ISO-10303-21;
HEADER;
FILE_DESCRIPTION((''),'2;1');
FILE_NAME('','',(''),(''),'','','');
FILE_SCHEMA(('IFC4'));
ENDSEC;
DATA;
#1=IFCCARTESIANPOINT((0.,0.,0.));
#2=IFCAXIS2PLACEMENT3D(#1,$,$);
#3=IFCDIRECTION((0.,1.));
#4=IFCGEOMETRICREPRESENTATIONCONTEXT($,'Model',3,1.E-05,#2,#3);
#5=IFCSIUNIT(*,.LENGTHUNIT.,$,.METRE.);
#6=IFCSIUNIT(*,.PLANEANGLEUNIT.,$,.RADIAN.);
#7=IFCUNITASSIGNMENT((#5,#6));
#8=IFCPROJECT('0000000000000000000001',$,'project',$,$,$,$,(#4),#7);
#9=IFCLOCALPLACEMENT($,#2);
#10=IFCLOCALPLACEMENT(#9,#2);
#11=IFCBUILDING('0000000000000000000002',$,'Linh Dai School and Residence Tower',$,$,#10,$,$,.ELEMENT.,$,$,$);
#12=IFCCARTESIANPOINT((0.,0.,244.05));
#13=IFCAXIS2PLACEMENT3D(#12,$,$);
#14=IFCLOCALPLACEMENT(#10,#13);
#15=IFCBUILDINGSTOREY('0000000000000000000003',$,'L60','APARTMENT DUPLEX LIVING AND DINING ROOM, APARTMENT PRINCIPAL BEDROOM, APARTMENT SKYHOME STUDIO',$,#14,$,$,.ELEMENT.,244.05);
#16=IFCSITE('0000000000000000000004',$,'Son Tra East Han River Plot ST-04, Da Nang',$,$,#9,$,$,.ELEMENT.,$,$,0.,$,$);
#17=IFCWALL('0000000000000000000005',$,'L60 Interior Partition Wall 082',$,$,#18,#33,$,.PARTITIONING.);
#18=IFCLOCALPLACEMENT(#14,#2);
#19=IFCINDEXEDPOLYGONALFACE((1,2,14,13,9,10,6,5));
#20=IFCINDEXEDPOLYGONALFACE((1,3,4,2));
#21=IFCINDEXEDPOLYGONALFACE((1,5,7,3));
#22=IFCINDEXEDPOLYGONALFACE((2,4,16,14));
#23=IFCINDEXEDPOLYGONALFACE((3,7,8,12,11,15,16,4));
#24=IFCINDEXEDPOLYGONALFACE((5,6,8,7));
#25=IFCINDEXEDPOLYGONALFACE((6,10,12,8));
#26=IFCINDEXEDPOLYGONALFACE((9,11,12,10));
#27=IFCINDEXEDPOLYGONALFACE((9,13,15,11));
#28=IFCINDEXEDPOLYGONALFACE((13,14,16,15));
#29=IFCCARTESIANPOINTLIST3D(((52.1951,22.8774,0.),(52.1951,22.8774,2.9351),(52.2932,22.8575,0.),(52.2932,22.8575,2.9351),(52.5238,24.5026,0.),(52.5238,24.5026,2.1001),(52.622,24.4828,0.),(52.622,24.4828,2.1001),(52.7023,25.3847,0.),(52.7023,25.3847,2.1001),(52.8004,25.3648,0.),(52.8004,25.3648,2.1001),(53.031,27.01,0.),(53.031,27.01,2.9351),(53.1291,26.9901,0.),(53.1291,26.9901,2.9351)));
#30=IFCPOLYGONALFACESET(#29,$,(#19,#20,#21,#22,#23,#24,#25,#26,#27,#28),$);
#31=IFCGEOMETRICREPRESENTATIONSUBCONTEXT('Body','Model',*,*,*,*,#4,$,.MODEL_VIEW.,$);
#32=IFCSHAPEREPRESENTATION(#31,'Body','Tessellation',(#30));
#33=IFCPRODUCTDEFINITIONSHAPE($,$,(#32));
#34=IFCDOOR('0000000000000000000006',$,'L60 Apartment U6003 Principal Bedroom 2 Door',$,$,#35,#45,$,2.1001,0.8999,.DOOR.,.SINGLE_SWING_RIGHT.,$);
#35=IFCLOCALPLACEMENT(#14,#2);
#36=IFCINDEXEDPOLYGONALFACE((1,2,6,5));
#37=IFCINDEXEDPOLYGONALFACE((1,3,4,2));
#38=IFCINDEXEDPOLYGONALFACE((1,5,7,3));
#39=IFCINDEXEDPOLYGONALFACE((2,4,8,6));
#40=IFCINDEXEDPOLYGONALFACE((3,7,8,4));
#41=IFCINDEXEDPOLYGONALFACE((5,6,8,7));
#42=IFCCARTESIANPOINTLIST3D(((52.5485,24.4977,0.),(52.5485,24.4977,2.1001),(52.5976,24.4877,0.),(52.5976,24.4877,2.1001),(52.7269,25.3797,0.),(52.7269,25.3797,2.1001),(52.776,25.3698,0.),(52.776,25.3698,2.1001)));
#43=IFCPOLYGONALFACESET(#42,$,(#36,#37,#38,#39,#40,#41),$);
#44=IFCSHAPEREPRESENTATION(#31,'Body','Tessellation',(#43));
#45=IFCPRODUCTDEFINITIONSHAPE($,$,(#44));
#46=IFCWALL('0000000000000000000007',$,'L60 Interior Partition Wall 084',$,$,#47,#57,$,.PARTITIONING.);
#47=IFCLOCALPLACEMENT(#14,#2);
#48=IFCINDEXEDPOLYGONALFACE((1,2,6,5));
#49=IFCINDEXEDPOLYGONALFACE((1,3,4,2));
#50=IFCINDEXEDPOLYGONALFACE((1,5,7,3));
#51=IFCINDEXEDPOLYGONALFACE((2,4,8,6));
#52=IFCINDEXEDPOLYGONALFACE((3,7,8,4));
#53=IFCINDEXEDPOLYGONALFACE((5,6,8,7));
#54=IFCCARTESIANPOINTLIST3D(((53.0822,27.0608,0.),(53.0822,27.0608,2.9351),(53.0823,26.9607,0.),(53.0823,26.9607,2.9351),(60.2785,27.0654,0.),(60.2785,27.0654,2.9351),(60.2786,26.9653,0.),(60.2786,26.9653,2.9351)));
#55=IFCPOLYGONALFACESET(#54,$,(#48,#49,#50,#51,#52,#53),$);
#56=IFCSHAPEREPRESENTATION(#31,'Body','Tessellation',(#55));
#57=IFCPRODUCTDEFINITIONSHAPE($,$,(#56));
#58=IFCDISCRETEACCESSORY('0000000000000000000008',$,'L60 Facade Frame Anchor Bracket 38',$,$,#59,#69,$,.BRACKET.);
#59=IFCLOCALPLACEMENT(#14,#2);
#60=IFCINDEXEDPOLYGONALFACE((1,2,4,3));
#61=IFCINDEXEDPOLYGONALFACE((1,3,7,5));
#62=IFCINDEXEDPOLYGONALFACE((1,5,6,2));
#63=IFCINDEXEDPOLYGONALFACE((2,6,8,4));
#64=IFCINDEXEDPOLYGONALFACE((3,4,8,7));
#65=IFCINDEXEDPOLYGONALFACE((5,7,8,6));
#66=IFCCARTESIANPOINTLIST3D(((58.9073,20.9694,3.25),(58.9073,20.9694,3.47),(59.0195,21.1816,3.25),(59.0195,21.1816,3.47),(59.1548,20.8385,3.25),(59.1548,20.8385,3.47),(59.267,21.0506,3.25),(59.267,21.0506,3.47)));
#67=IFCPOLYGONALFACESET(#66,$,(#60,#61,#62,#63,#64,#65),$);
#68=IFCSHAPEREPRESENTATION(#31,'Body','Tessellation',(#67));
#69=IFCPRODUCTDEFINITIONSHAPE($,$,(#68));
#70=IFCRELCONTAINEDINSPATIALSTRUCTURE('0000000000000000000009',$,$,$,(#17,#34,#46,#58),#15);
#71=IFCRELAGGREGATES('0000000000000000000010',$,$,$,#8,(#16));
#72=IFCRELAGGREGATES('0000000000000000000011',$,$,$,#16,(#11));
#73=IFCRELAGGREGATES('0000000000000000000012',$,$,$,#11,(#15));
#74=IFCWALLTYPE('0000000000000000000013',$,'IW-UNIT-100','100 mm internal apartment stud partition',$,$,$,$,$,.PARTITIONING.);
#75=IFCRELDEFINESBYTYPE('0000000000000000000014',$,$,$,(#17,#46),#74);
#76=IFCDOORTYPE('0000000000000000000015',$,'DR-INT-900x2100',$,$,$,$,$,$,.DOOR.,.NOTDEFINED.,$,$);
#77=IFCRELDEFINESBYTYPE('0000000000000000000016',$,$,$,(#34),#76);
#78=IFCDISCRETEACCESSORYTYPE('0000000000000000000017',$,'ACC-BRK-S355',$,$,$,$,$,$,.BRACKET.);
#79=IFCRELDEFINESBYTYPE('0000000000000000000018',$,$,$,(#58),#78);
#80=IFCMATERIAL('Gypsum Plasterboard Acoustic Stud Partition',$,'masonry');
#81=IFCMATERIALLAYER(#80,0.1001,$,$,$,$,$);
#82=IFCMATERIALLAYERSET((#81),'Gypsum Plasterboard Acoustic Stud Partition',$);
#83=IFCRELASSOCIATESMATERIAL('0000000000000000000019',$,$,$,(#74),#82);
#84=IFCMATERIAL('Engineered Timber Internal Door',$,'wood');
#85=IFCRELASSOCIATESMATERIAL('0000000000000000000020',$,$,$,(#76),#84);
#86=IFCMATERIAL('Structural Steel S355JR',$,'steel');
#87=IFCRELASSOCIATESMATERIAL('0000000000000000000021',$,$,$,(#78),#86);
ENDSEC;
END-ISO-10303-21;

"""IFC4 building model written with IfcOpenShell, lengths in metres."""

from ifc_helpers import new_model, si_unit, direction, frame, frame_2d, origin, origin_2d, place, context, subcontext, project, spatial, rectangle, extrude, source, transform, mapped, material, layer, layer_set, type_object, element, fill, save


model = new_model("IFC4")

# Units and contexts
model_context = context("Model", 3, precision=1e-05, world=origin(), true_north=direction((0.0, 1.0)))
body_context = subcontext(model_context, "Body", "Model", "MODEL_VIEW")
ifc_project = project(units=[si_unit("LENGTHUNIT", "METRE"), si_unit("PLANEANGLEUNIT", "RADIAN")], contexts=[model_context])

# Site, building, storey
site_placement = place(None, origin())
site = spatial("IfcSite", under=ifc_project, at=site_placement, Name="Son Tra East Han River Plot ST-04, Da Nang", CompositionType="ELEMENT", RefElevation=0.0)
building_placement = place(site_placement, origin())
building = spatial("IfcBuilding", under=site, at=building_placement, Name="Linh Dai School and Residence Tower", CompositionType="ELEMENT")
storey_placement = place(building_placement, frame((0.0, 0.0, 244.05)))
storey = spatial("IfcBuildingStorey", under=building, at=storey_placement, Name="L60", Description="APARTMENT DUPLEX LIVING AND DINING ROOM, APARTMENT PRINCIPAL BEDROOM, APARTMENT SKYHOME STUDIO", CompositionType="ELEMENT", Elevation=244.05)

# Shared definitions
ifc_material_1 = material(Name="Structural Steel S355JR", Category="steel")

# Shared definitions
ifc_material_2 = material(Name="Gypsum Plasterboard Acoustic Stud Partition", Category="masonry")
ifc_layer_1 = layer(ifc_material_2, 0.1001)
ifc_layer_set_1 = layer_set([ifc_layer_1], Name="Gypsum Plasterboard Acoustic Stud Partition")
wall_type_1 = type_object("IfcWallType", Name="IW-UNIT-100", Description="100 mm internal apartment stud partition", PredefinedType="PARTITIONING", material=ifc_layer_set_1)

# Wall, opening, door
wall_1_placement = place(storey_placement, frame((52.2441, 22.8674, 0.0), z_axis=(0.0, 0.0, 1.0), x_axis=(0.198265, 0.980148, 0.0)))
wall_1 = element("IfcWall", 1, at=wall_1_placement, inside=storey, type_object=wall_type_1, Name="L60 Interior Partition Wall 082", PredefinedType="PARTITIONING", context=body_context, shape_type="SweptSolid", body=[
    extrude(rectangle(XDim=4.2163, YDim=0.1001, at=frame_2d((2.1082, 0.0))), origin(), (0.0, 0.0, 1.0), 2.9351),
])
opening_1_placement = place(wall_1_placement, frame((1.6582, 0.0, 0.0)))
opening_1 = element("IfcOpeningElement", 2, at=opening_1_placement, cuts=wall_1, PredefinedType="OPENING", context=body_context, shape_type="SweptSolid", body=[
    extrude(rectangle(XDim=0.8999, YDim=2.1001, at=origin_2d()), frame((0.45, 0.0601, 1.05), z_axis=(0.0, -1.0, 0.0), x_axis=(1.0, 0.0, 0.0)), (0.0, 0.0, 1.0), 0.1201),
])
ifc_material_3 = material(Name="Engineered Timber Internal Door", Category="wood")
door_type_1 = type_object("IfcDoorType", Name="DR-INT-900x2100", OperationType="NOTDEFINED", PredefinedType="DOOR", material=ifc_material_3)
shared_shape_1 = source(origin(), body_context, "Body", "SweptSolid", [
    extrude(rectangle(XDim=0.8999, YDim=2.1001, at=origin_2d()), frame((0.45, 0.0249, 1.05), z_axis=(0.0, -1.0, 0.0), x_axis=(1.0, 0.0, 0.0)), (0.0, 0.0, 1.0), 0.05),
])
door_1_placement = place(opening_1_placement, origin())
door_1 = element("IfcDoor", 3, at=door_1_placement, inside=storey, type_object=door_type_1, Name="L60 Apartment U6003 Principal Bedroom 2 Door", OperationType="SINGLE_SWING_RIGHT", OverallHeight=2.1001, OverallWidth=0.8999, PredefinedType="DOOR", context=body_context, shape_type="MappedRepresentation", body=[
    mapped(shared_shape_1, transform((0.0, 0.0, 0.0), x_axis=(1.0, 0.0, 0.0), y_axis=(0.0, 1.0, 0.0), z_axis=(0.0, 0.0, 1.0), scale=1.0)),
])
fill(opening_1, door_1)

# Wall
wall_2_placement = place(storey_placement, frame((53.0823, 27.0107, 0.0), z_axis=(0.0, 0.0, 1.0), x_axis=(1.0, 0.000645, 0.0)))
element("IfcWall", 4, at=wall_2_placement, inside=storey, type_object=wall_type_1, Name="L60 Interior Partition Wall 084", PredefinedType="PARTITIONING", context=body_context, shape_type="SweptSolid", body=[
    extrude(rectangle(XDim=7.1963, YDim=0.1001, at=frame_2d((3.5981, 0.0))), origin(), (0.0, 0.0, 1.0), 2.9351),
])

# Discrete accessory
discrete_accessory_type = type_object("IfcDiscreteAccessoryType", Name="ACC-BRK-S355", PredefinedType="BRACKET", material=ifc_material_1)
shared_shape_2 = source(origin(), body_context, "Body", "SweptSolid", [
    extrude(rectangle(XDim=0.28, YDim=0.24, at=origin_2d()), origin(), (0.0, 0.0, 1.0), 0.22),
])
discrete_accessory_placement = place(storey_placement, frame((59.0872, 21.01, 3.25), z_axis=(0.0, 0.0, 1.0), x_axis=(0.883929, -0.467621, 0.0)))
element("IfcDiscreteAccessory", 5, at=discrete_accessory_placement, inside=storey, type_object=discrete_accessory_type, Name="L60 Facade Frame Anchor Bracket 38", PredefinedType="BRACKET", context=body_context, shape_type="MappedRepresentation", body=[
    mapped(shared_shape_2, transform((0.0, 0.0, 0.0), x_axis=(1.0, 0.0, 0.0), y_axis=(0.0, 1.0, 0.0), z_axis=(0.0, 0.0, 1.0), scale=1.0)),
])

save(model, "model.ifc")
